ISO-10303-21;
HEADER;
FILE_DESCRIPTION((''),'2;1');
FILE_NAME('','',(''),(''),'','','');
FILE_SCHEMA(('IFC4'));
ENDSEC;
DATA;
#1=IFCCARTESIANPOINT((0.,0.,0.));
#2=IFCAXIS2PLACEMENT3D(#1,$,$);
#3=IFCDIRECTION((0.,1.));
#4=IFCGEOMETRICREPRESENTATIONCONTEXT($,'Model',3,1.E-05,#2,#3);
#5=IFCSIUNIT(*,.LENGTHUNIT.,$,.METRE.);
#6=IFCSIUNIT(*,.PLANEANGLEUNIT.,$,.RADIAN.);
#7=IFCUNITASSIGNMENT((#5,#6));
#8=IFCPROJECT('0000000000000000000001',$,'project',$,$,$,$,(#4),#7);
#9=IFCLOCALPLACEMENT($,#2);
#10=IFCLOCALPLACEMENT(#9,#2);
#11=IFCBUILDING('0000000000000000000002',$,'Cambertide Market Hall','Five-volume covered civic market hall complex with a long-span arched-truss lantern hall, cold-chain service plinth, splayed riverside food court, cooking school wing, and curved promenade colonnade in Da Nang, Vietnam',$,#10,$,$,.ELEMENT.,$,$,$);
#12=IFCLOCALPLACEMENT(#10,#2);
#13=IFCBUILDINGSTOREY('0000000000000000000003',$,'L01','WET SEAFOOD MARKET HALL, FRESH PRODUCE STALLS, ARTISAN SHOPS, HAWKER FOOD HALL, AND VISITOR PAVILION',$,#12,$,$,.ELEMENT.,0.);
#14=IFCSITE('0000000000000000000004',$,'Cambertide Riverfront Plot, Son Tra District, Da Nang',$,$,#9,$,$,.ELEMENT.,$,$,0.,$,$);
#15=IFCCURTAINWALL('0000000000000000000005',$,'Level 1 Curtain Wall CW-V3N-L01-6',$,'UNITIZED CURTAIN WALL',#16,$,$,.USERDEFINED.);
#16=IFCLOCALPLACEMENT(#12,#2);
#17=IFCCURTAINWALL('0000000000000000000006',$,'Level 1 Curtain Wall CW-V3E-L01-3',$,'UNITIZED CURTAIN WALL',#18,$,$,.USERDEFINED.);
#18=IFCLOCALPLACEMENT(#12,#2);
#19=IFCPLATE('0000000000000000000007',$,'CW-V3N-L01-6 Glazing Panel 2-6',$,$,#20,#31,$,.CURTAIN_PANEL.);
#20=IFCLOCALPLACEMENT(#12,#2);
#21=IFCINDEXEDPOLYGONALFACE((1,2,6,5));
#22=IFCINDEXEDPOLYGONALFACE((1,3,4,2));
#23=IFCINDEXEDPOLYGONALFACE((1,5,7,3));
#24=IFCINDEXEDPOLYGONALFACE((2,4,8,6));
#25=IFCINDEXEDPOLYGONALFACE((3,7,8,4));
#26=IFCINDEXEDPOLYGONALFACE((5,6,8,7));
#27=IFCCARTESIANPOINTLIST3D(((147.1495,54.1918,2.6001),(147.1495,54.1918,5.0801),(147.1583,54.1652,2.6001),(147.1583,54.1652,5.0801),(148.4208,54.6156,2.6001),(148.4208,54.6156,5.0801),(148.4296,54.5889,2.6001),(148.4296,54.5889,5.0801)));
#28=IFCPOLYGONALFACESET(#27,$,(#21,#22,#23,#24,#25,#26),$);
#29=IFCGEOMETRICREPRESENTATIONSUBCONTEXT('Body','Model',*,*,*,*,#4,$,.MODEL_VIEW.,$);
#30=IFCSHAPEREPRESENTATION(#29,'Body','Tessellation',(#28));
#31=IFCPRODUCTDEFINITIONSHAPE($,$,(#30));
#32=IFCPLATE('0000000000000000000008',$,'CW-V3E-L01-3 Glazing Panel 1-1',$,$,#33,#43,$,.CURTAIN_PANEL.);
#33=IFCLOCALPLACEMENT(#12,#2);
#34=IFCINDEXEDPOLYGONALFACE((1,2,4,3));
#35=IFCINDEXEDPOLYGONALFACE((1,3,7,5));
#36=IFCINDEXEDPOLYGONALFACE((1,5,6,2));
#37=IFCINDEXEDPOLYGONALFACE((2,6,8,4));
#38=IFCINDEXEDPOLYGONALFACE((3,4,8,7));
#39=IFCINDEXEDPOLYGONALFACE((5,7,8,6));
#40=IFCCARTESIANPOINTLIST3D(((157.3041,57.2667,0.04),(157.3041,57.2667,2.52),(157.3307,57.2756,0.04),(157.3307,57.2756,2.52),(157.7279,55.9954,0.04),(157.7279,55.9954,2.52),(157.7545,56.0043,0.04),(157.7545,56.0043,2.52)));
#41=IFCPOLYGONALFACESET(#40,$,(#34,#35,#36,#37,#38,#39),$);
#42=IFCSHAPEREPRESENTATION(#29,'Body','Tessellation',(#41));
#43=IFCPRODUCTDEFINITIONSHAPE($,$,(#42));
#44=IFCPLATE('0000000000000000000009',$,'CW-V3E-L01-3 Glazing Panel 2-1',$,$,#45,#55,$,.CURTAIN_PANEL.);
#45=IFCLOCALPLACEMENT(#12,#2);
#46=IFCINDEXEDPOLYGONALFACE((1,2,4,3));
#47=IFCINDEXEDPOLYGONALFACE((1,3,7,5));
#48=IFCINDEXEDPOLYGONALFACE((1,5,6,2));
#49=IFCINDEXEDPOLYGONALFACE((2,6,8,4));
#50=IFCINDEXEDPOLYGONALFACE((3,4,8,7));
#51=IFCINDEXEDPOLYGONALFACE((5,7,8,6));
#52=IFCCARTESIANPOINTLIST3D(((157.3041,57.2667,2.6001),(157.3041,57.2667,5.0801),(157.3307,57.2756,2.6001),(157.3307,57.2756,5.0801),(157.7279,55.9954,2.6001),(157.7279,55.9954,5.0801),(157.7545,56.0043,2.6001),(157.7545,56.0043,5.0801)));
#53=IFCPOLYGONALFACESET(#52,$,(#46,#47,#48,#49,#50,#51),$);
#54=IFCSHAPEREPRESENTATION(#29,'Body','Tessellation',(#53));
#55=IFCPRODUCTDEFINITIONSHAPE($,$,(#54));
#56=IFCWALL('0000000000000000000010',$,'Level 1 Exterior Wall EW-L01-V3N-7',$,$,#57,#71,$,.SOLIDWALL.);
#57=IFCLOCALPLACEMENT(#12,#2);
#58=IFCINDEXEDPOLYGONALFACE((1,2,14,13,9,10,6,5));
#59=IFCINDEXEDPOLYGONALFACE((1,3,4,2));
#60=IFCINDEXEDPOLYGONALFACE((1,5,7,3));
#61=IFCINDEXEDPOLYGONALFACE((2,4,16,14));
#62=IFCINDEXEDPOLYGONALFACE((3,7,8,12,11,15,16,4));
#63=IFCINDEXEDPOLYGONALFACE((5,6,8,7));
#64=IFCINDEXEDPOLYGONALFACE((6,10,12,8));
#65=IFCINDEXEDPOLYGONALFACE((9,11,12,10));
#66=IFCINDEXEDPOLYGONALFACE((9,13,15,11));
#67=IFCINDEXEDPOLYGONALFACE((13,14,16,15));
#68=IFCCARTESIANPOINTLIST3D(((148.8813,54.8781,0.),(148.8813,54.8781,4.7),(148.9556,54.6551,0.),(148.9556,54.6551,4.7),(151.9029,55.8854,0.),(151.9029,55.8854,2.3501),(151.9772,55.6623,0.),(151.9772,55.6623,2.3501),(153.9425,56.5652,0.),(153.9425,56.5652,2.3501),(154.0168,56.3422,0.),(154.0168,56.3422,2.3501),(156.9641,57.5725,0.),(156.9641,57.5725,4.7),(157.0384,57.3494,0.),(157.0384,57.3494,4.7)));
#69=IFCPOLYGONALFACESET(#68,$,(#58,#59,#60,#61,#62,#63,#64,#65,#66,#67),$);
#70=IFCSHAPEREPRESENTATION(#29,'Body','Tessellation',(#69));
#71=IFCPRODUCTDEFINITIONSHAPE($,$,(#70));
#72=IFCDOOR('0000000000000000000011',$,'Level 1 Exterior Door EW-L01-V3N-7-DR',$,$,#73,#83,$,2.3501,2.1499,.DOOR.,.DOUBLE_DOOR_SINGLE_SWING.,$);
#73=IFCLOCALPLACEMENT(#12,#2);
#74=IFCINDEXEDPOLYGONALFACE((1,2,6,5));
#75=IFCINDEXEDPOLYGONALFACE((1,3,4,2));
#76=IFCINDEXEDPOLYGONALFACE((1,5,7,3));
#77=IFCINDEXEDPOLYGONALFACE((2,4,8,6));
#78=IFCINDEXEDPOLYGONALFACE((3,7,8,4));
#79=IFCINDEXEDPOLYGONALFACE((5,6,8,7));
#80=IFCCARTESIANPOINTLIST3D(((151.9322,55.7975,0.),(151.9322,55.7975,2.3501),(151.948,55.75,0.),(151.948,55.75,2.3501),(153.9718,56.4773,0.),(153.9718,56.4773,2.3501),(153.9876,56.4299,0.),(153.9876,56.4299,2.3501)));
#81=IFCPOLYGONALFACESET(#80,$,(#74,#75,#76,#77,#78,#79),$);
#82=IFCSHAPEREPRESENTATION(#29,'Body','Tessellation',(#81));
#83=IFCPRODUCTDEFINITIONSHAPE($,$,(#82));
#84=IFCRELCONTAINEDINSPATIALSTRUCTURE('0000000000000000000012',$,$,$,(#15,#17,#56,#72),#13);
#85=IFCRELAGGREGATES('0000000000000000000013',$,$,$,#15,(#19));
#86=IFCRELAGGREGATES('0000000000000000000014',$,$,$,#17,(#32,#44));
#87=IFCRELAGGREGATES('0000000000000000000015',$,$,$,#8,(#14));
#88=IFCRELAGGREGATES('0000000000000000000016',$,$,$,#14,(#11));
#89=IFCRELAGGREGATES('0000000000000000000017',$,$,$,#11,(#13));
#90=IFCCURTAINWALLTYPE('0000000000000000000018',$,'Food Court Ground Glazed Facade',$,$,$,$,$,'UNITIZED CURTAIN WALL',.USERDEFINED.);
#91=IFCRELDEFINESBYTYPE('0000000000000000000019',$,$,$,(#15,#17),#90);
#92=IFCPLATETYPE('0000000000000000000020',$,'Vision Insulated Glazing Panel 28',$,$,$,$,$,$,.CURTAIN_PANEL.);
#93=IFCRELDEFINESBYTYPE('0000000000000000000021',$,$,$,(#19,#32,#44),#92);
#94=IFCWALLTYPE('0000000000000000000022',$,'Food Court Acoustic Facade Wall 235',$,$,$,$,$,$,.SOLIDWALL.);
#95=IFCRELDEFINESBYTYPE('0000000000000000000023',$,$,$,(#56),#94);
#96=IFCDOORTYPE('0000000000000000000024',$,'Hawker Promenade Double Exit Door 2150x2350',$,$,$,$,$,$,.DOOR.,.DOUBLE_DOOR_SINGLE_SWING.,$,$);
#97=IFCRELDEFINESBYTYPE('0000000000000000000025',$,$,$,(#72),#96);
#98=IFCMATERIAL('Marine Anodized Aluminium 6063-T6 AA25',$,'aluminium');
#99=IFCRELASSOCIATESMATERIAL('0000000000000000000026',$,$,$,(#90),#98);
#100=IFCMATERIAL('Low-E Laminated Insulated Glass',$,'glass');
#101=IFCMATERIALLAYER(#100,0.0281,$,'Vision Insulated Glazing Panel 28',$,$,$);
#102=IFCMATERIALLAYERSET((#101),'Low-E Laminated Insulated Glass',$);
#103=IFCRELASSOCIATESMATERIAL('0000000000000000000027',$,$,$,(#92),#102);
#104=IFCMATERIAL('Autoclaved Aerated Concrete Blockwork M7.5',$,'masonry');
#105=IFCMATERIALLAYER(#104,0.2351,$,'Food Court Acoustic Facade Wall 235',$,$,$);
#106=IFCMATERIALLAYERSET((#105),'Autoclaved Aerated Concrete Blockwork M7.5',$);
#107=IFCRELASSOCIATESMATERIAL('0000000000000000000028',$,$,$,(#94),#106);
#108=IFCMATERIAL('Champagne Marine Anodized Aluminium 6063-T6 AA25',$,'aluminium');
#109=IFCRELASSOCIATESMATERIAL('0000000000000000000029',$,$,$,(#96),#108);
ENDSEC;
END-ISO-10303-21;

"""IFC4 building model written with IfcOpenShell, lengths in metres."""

from ifc_helpers import new_model, si_unit, direction, frame, frame_2d, origin, origin_2d, place, context, subcontext, project, spatial, rectangle, extrude, material, layer, layer_set, type_object, element, fill, aggregate, save


model = new_model("IFC4")

# Units and contexts
model_context = context("Model", 3, precision=1e-05, world=origin(), true_north=direction((0.0, 1.0)))
body_context = subcontext(model_context, "Body", "Model", "MODEL_VIEW")
ifc_project = project(units=[si_unit("LENGTHUNIT", "METRE"), si_unit("PLANEANGLEUNIT", "RADIAN")], contexts=[model_context])

# Site, building, storey
site_placement = place(None, origin())
site = spatial("IfcSite", under=ifc_project, at=site_placement, Name="Cambertide Riverfront Plot, Son Tra District, Da Nang", CompositionType="ELEMENT", RefElevation=0.0)
building_placement = place(site_placement, origin())
building = spatial("IfcBuilding", under=site, at=building_placement, Name="Cambertide Market Hall", Description="Five-volume covered civic market hall complex with a long-span arched-truss lantern hall, cold-chain service plinth, splayed riverside food court, cooking school wing, and curved promenade colonnade in Da Nang, Vietnam", CompositionType="ELEMENT")
storey_placement = place(building_placement, origin())
storey = spatial("IfcBuildingStorey", under=building, at=storey_placement, Name="L01", Description="WET SEAFOOD MARKET HALL, FRESH PRODUCE STALLS, ARTISAN SHOPS, HAWKER FOOD HALL, AND VISITOR PAVILION", CompositionType="ELEMENT", Elevation=0.0)

# Curtain walls
ifc_material_1 = material(Name="Marine Anodized Aluminium 6063-T6 AA25", Category="aluminium")
curtain_wall_type = type_object("IfcCurtainWallType", Name="Food Court Ground Glazed Facade", ElementType="UNITIZED CURTAIN WALL", PredefinedType="USERDEFINED", material=ifc_material_1)
curtain_wall_1_placement = place(storey_placement, origin())
curtain_wall_1 = element("IfcCurtainWall", 1, at=curtain_wall_1_placement, inside=storey, type_object=curtain_wall_type, Name="Level 1 Curtain Wall CW-V3N-L01-6", ObjectType="UNITIZED CURTAIN WALL", PredefinedType="USERDEFINED")
curtain_wall_2_placement = place(storey_placement, origin())
curtain_wall_2 = element("IfcCurtainWall", 2, at=curtain_wall_2_placement, inside=storey, type_object=curtain_wall_type, Name="Level 1 Curtain Wall CW-V3E-L01-3", ObjectType="UNITIZED CURTAIN WALL", PredefinedType="USERDEFINED")

# Plates
ifc_material_2 = material(Name="Low-E Laminated Insulated Glass", Category="glass")
ifc_layer_1 = layer(ifc_material_2, 0.0281, Name="Vision Insulated Glazing Panel 28")
ifc_layer_set_1 = layer_set([ifc_layer_1], Name="Low-E Laminated Insulated Glass")
plate_type = type_object("IfcPlateType", Name="Vision Insulated Glazing Panel 28", PredefinedType="CURTAIN_PANEL", material=ifc_layer_set_1)
plate_1_placement = place(storey_placement, frame((147.7896, 54.3904, 2.6001), z_axis=(0.0, 0.0, 1.0), x_axis=(0.948683, 0.316228, 0.0)))
plate_1 = element("IfcPlate", 3, at=plate_1_placement, type_object=plate_type, Name="CW-V3N-L01-6 Glazing Panel 2-6", PredefinedType="CURTAIN_PANEL", context=body_context, shape_type="SweptSolid", body=[
    extrude(rectangle(XDim=1.3401, YDim=0.0281, at=origin_2d()), origin(), (0.0, 0.0, 1.0), 2.48),
])
aggregate(curtain_wall_1, [plate_1])
plate_2_placement = place(storey_placement, frame((157.5293, 56.6355, 0.04), z_axis=(0.0, 0.0, 1.0), x_axis=(0.316228, -0.948683, 0.0)))
plate_2 = element("IfcPlate", 4, at=plate_2_placement, type_object=plate_type, Name="CW-V3E-L01-3 Glazing Panel 1-1", PredefinedType="CURTAIN_PANEL", context=body_context, shape_type="SweptSolid", body=[
    extrude(rectangle(XDim=1.3401, YDim=0.0281, at=origin_2d()), origin(), (0.0, 0.0, 1.0), 2.48),
])
plate_3_placement = place(storey_placement, frame((157.5293, 56.6355, 2.6001), z_axis=(0.0, 0.0, 1.0), x_axis=(0.316228, -0.948683, 0.0)))
plate_3 = element("IfcPlate", 5, at=plate_3_placement, type_object=plate_type, Name="CW-V3E-L01-3 Glazing Panel 2-1", PredefinedType="CURTAIN_PANEL", context=body_context, shape_type="SweptSolid", body=[
    extrude(rectangle(XDim=1.3401, YDim=0.0281, at=origin_2d()), origin(), (0.0, 0.0, 1.0), 2.48),
])
aggregate(curtain_wall_2, [plate_2, plate_3])

# Wall, opening, door
ifc_material_3 = material(Name="Autoclaved Aerated Concrete Blockwork M7.5", Category="masonry")
ifc_layer_2 = layer(ifc_material_3, 0.2351, Name="Food Court Acoustic Facade Wall 235")
ifc_layer_set_2 = layer_set([ifc_layer_2], Name="Autoclaved Aerated Concrete Blockwork M7.5")
wall_type = type_object("IfcWallType", Name="Food Court Acoustic Facade Wall 235", PredefinedType="SOLIDWALL", material=ifc_layer_set_2)
wall_placement = place(storey_placement, frame((148.9185, 54.7666, 0.0), z_axis=(0.0, 0.0, 1.0), x_axis=(0.94868, 0.316236, 0.0)))
wall = element("IfcWall", 6, at=wall_placement, inside=storey, type_object=wall_type, Name="Level 1 Exterior Wall EW-L01-V3N-7", PredefinedType="SOLIDWALL", context=body_context, shape_type="SweptSolid", body=[
    extrude(rectangle(XDim=8.52, YDim=0.2351, at=frame_2d((4.26, 0.0))), origin(), (0.0, 0.0, 1.0), 4.7),
])
opening_placement = place(wall_placement, frame((3.1851, 0.0, 0.0)))
opening = element("IfcOpeningElement", 7, at=opening_placement, cuts=wall, PredefinedType="OPENING", context=body_context, shape_type="SweptSolid", body=[
    extrude(rectangle(XDim=2.1499, YDim=2.3501, at=frame_2d((1.075, 1.175))), frame((0.0, 0.1274, 0.0), z_axis=(0.0, -1.0, 0.0), x_axis=(1.0, 0.0, 0.0)), (0.0, 0.0, 1.0), 0.2551),
])
ifc_material_4 = material(Name="Champagne Marine Anodized Aluminium 6063-T6 AA25", Category="aluminium")
door_type = type_object("IfcDoorType", Name="Hawker Promenade Double Exit Door 2150x2350", OperationType="DOUBLE_DOOR_SINGLE_SWING", PredefinedType="DOOR", material=ifc_material_4)
door_placement = place(opening_placement, origin())
door = element("IfcDoor", 8, at=door_placement, inside=storey, type_object=door_type, Name="Level 1 Exterior Door EW-L01-V3N-7-DR", OperationType="DOUBLE_DOOR_SINGLE_SWING", OverallHeight=2.3501, OverallWidth=2.1499, PredefinedType="DOOR", context=body_context, shape_type="SweptSolid", body=[
    extrude(rectangle(XDim=2.1499, YDim=2.3501, at=frame_2d((1.075, 1.175))), frame((0.0, 0.0249, 0.0), z_axis=(0.0, -1.0, 0.0), x_axis=(1.0, 0.0, 0.0)), (0.0, 0.0, 1.0), 0.05),
])
fill(opening, door)

save(model, "model.ifc")
